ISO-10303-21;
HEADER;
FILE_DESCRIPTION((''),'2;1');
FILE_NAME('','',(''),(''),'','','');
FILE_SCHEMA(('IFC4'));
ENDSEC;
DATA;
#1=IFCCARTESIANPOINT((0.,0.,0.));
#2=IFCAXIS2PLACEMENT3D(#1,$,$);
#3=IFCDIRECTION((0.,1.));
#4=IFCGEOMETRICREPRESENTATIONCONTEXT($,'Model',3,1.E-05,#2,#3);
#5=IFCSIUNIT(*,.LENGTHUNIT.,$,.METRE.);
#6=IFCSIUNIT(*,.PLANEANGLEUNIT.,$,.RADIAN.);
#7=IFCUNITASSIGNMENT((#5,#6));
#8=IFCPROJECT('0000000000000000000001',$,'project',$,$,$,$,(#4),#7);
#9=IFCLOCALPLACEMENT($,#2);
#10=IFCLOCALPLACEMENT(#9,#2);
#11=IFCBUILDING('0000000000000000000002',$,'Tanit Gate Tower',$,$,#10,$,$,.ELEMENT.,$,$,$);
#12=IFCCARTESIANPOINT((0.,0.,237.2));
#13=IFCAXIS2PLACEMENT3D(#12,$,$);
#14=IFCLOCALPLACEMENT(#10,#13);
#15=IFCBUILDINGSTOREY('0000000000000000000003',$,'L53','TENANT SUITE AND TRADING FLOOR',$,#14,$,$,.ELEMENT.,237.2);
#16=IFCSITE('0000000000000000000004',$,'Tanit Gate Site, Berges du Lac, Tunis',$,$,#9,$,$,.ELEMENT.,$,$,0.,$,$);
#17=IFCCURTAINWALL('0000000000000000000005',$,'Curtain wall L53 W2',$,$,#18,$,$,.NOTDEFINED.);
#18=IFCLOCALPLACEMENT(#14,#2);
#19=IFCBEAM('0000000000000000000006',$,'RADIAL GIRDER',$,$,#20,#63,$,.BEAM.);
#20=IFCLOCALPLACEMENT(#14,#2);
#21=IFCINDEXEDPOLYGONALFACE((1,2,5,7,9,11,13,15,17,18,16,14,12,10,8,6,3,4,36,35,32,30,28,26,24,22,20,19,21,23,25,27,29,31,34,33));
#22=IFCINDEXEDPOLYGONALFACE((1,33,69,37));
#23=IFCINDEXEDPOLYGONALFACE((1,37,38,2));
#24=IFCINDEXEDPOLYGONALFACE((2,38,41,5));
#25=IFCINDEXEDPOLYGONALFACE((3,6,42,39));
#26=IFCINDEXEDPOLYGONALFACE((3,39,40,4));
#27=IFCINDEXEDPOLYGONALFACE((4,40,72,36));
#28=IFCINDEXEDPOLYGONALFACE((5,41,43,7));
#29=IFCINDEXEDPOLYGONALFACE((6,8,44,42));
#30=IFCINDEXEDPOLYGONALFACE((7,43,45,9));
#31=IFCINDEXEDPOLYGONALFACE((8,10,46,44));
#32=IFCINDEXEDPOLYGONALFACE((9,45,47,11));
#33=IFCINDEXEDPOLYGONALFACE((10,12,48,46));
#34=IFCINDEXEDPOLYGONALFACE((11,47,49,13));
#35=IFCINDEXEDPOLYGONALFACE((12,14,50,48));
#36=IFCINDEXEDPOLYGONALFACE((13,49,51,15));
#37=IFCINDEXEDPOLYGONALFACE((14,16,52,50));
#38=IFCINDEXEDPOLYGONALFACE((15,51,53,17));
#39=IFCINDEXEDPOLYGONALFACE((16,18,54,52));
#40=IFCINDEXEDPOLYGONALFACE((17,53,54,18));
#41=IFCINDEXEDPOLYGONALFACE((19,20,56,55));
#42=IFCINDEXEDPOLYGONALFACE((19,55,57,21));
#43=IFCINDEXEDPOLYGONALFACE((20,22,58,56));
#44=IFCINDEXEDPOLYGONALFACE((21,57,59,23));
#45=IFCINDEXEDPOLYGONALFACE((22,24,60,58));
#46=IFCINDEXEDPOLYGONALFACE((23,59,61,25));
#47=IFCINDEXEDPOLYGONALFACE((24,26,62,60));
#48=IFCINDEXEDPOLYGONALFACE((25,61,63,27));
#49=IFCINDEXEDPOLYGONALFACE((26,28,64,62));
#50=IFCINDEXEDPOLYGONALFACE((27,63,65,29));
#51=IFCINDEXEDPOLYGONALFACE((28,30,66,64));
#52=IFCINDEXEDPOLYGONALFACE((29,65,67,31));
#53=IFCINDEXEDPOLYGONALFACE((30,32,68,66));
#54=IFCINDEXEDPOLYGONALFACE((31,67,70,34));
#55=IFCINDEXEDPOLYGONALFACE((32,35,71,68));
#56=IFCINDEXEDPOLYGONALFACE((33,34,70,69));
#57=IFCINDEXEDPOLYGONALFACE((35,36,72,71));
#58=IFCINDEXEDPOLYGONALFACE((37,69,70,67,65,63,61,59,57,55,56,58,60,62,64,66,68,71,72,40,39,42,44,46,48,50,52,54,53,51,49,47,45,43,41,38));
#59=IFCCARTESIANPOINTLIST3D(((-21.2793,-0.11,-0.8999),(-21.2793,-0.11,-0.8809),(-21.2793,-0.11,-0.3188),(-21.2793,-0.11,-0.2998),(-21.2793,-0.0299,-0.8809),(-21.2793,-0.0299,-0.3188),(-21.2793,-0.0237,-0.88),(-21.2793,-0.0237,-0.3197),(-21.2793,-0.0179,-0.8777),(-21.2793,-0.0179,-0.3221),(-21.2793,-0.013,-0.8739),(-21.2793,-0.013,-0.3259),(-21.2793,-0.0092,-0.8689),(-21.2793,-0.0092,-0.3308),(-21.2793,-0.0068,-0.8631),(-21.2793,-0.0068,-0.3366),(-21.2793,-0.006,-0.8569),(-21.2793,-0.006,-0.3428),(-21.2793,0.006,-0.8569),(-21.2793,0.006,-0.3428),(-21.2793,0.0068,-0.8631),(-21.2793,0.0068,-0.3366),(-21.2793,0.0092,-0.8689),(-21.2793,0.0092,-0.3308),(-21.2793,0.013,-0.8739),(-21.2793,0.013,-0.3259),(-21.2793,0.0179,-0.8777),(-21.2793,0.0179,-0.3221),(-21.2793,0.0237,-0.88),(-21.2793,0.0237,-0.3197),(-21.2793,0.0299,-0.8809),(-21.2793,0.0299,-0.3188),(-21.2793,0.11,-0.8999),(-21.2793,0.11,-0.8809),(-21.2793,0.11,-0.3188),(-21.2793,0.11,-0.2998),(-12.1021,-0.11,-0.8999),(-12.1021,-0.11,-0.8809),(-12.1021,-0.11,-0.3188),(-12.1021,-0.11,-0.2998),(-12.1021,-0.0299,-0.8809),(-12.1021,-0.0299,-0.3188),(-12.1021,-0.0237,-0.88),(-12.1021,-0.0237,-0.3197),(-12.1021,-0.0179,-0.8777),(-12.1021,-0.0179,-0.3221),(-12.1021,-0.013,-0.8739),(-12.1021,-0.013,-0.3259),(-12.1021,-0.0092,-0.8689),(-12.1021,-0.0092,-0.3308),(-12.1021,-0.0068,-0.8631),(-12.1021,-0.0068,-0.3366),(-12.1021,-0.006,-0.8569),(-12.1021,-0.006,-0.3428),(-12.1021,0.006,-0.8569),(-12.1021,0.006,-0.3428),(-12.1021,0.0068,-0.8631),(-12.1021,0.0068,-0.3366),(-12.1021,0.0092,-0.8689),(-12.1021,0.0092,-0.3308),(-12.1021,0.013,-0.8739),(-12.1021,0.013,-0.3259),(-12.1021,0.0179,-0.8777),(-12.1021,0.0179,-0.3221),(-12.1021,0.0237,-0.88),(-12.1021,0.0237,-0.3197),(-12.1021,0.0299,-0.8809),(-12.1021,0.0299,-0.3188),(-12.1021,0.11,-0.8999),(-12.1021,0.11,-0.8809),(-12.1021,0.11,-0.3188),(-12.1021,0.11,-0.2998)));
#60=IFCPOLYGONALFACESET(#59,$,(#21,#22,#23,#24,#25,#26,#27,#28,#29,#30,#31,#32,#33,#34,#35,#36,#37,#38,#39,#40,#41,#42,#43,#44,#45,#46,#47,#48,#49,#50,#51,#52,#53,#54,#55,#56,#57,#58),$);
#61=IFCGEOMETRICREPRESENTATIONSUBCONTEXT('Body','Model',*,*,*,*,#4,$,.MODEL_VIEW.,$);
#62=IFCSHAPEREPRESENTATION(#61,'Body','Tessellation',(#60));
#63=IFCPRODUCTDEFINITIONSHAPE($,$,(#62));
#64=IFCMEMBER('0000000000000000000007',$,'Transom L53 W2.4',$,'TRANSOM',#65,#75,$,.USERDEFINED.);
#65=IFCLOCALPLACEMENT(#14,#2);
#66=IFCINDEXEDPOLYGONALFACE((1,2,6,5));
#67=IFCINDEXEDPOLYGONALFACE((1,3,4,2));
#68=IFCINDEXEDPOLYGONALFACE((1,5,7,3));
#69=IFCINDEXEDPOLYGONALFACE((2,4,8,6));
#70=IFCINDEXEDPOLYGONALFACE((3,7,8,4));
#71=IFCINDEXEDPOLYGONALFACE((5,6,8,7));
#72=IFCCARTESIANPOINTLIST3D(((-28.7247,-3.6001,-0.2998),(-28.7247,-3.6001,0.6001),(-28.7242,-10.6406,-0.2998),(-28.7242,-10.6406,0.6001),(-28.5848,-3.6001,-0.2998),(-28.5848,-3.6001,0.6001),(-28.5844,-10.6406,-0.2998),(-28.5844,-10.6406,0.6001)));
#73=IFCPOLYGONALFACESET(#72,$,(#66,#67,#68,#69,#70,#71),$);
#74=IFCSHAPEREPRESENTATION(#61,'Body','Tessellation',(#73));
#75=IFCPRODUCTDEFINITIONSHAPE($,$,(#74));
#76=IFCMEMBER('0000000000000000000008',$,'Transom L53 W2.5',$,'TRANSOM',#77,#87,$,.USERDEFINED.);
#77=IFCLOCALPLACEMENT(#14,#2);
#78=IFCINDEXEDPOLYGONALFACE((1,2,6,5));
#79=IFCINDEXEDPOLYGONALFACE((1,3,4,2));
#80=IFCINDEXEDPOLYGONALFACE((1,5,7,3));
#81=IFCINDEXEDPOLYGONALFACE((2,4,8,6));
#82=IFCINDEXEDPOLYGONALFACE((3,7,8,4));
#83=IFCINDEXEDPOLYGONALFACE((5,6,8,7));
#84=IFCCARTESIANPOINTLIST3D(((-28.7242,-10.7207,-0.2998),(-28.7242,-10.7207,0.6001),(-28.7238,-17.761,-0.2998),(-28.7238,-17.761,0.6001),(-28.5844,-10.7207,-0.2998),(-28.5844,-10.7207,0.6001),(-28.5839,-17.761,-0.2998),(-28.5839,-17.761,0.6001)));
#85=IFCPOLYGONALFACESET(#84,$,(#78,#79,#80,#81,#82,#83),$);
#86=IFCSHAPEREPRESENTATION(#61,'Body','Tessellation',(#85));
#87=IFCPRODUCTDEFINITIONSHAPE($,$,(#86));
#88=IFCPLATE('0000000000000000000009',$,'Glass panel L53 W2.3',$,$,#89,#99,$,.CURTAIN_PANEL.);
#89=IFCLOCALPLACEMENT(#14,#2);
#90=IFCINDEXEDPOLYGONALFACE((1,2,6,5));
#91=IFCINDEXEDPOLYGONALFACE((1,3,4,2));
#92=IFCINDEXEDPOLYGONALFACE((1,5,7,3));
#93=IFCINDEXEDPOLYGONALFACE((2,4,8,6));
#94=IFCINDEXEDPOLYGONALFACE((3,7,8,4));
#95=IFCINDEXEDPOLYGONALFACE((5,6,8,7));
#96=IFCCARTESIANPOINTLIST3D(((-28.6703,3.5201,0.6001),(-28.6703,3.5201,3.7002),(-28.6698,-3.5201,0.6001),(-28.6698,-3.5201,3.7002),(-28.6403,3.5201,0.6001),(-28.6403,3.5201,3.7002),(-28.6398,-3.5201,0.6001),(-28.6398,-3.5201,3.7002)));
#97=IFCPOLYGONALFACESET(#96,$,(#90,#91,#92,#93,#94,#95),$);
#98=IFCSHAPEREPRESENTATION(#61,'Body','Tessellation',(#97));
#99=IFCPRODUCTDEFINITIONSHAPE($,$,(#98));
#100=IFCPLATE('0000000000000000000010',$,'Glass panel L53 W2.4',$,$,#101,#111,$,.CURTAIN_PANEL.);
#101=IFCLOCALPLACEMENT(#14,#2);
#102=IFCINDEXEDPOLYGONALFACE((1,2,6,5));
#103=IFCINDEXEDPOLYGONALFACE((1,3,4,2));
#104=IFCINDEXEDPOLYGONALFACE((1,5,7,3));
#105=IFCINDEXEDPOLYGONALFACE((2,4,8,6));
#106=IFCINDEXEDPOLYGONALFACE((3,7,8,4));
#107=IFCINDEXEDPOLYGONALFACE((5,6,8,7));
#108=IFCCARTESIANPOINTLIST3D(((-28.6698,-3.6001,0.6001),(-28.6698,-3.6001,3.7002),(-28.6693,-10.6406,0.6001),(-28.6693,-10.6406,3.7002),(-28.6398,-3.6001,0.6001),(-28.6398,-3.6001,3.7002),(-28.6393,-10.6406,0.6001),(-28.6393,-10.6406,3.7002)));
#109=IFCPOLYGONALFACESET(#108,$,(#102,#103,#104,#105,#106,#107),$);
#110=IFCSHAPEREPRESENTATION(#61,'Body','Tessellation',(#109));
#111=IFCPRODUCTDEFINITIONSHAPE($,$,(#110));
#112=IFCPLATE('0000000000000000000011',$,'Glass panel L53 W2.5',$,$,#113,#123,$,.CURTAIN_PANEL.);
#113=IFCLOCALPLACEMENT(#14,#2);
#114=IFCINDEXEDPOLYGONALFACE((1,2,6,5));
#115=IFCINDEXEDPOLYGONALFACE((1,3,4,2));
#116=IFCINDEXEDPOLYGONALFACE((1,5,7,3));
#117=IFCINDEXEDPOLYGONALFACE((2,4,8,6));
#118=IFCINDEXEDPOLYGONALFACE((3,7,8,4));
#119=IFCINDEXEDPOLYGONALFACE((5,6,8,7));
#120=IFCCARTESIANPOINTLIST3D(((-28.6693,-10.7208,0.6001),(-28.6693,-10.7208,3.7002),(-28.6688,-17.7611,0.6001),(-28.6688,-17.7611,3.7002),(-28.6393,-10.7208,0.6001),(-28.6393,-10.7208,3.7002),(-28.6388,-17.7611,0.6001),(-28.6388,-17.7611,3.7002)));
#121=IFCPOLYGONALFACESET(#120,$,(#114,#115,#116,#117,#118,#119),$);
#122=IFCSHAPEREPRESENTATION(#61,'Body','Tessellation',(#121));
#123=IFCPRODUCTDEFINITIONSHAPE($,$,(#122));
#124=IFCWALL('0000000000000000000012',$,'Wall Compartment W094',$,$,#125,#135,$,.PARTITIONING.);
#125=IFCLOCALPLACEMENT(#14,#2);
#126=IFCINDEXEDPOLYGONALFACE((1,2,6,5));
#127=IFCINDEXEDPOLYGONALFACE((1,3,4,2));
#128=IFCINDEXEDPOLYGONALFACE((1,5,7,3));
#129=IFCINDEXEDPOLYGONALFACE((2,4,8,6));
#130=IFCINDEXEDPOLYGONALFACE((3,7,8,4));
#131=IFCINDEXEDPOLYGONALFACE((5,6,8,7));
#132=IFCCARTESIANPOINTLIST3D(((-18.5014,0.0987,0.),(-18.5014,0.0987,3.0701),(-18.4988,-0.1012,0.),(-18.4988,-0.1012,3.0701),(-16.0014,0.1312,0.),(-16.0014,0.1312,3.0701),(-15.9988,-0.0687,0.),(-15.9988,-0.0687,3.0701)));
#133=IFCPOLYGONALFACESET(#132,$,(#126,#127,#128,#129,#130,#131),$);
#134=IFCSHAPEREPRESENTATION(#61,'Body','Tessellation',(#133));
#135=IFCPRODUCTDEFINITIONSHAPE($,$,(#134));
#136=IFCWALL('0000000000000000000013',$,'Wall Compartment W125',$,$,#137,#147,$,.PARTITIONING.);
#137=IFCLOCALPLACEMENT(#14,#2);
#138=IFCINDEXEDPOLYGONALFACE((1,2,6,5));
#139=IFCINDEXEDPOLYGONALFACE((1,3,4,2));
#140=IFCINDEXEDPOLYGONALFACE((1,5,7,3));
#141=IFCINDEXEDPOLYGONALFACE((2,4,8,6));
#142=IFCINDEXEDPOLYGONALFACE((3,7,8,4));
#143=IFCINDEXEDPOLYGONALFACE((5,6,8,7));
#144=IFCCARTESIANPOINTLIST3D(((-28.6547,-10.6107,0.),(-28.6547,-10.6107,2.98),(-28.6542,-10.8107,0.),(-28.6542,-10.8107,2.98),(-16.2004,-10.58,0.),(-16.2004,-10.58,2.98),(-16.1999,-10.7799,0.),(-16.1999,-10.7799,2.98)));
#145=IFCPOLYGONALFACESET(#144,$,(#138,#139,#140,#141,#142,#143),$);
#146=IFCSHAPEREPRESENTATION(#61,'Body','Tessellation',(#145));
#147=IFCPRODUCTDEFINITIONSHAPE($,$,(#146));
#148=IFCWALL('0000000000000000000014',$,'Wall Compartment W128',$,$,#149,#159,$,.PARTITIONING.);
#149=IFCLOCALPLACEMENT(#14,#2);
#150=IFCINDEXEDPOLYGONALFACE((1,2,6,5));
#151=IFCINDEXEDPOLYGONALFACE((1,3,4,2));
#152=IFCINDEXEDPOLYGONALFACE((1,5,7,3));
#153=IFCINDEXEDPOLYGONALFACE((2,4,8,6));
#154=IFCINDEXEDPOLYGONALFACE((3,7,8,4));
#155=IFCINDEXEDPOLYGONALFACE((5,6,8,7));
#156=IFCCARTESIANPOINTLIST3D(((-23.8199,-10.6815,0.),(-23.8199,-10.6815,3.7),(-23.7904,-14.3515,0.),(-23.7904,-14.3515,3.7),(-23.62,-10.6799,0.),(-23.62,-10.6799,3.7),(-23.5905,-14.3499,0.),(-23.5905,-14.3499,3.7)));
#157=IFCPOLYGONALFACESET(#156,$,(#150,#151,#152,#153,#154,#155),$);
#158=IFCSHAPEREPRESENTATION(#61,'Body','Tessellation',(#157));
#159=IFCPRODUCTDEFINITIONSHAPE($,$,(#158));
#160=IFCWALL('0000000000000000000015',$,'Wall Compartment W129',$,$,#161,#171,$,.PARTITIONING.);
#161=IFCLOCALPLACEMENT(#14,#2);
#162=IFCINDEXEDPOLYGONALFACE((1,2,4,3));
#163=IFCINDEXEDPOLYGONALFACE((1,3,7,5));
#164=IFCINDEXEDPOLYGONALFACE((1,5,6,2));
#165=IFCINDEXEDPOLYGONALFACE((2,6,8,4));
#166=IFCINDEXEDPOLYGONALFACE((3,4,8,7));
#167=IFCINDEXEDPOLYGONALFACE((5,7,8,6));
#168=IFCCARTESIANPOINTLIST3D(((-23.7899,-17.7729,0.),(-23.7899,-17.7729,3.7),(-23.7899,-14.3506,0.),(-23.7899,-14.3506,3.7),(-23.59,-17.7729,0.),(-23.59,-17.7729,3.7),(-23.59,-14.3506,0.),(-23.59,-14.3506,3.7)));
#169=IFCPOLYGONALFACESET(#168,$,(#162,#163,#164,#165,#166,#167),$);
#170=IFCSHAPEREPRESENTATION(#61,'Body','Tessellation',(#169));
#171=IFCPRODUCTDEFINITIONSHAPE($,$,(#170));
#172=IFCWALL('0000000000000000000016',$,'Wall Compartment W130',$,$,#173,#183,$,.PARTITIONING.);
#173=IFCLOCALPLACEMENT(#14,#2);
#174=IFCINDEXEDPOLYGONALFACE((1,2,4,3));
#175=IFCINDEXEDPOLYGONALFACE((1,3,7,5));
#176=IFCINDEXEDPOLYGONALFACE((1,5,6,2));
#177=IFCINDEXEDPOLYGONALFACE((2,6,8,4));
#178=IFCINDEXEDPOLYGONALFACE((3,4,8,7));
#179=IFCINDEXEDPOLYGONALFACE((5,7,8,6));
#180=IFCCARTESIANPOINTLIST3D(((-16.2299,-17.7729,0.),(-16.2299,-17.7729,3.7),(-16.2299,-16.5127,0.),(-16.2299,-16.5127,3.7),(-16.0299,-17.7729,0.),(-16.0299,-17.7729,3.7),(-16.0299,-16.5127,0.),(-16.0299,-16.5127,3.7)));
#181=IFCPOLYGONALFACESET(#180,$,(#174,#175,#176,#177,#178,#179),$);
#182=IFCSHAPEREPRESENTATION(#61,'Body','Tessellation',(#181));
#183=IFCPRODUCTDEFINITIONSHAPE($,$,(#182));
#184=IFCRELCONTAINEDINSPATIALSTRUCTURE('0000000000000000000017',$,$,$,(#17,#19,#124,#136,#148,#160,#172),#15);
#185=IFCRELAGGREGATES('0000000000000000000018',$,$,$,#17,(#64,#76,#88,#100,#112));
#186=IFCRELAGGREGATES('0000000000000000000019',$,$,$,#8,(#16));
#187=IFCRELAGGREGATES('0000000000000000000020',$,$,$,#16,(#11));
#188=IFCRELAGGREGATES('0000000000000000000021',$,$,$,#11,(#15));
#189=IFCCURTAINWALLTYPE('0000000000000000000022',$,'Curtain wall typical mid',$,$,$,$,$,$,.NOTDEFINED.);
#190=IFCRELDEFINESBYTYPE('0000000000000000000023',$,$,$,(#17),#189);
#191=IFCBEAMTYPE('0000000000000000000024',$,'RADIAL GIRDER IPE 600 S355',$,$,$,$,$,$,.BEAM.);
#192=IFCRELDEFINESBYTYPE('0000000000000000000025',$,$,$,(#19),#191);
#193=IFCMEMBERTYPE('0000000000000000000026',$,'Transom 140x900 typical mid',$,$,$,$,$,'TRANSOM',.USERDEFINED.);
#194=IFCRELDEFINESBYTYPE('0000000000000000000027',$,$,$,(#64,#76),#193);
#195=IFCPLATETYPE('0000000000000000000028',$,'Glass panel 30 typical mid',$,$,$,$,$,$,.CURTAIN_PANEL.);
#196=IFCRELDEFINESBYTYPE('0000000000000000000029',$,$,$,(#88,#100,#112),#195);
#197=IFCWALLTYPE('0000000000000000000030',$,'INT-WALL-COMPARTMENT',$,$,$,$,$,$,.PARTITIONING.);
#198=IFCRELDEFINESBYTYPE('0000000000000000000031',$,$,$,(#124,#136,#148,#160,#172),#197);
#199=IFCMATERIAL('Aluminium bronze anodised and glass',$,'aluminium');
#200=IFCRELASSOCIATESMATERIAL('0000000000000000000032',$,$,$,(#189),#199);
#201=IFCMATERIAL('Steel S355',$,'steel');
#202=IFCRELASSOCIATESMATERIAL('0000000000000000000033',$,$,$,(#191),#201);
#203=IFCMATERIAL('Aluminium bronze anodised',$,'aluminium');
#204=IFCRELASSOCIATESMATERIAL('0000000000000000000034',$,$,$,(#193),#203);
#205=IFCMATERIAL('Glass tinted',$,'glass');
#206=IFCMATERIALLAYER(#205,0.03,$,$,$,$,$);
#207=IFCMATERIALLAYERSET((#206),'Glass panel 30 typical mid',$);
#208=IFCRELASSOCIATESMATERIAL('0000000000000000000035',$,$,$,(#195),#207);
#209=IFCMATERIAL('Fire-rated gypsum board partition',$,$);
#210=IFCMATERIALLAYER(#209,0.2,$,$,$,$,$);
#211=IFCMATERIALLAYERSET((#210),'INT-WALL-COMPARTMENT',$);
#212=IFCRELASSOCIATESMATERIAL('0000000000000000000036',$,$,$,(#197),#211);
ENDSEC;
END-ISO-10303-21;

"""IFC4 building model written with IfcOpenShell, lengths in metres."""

from ifc_helpers import new_model, si_unit, direction, frame, frame_2d, origin, origin_2d, place, context, subcontext, project, spatial, rectangle, i_section, extrude, material, layer, layer_set, material_profile, profile_set, type_object, element, aggregate, save


model = new_model("IFC4")

# Units and contexts
model_context = context("Model", 3, precision=1e-05, world=origin(), true_north=direction((0.0, 1.0)))
body_context = subcontext(model_context, "Body", "Model", "MODEL_VIEW")
ifc_project = project(units=[si_unit("LENGTHUNIT", "METRE"), si_unit("PLANEANGLEUNIT", "RADIAN")], contexts=[model_context])

# Site, building, storey
site_placement = place(None, origin())
site = spatial("IfcSite", under=ifc_project, at=site_placement, Name="Tanit Gate Site, Berges du Lac, Tunis", CompositionType="ELEMENT", RefElevation=0.0)
building_placement = place(site_placement, origin())
building = spatial("IfcBuilding", under=site, at=building_placement, Name="Tanit Gate Tower", CompositionType="ELEMENT")
storey_placement = place(building_placement, frame((0.0, 0.0, 237.2)))
storey = spatial("IfcBuildingStorey", under=building, at=storey_placement, Name="L53", Description="TENANT SUITE AND TRADING FLOOR", CompositionType="ELEMENT", Elevation=237.2)

# Curtain wall
ifc_material_1 = material(Name="Aluminium bronze anodised and glass", Category="aluminium")
curtain_wall_type = type_object("IfcCurtainWallType", Name="Curtain wall typical mid", PredefinedType="NOTDEFINED", material=ifc_material_1)
curtain_wall_placement = place(storey_placement, origin())
curtain_wall = element("IfcCurtainWall", 1, at=curtain_wall_placement, inside=storey, type_object=curtain_wall_type, Name="Curtain wall L53 W2", PredefinedType="NOTDEFINED")

# Beam
ifc_material_2 = material(Name="Steel S355", Category="steel")
ifc_material_profile_1 = material_profile(ifc_material_2, i_section(OverallWidth=0.22, OverallDepth=0.6001, WebThickness=0.012, FlangeThickness=0.019, FilletRadius=0.0239, at=origin_2d()), Name="IPE 600")
ifc_profile_set_1 = profile_set([ifc_material_profile_1], Name="Steel S355")
beam_type_1 = type_object("IfcBeamType", Name="RADIAL GIRDER IPE 600 S355", PredefinedType="BEAM", material=ifc_profile_set_1)
beam_1_placement = place(storey_placement, frame((-21.2793, 0.0, -0.5999), z_axis=(1.0, 0.0, 0.0), x_axis=(0.0, 1.0, 0.0)))
element("IfcBeam", 2, at=beam_1_placement, inside=storey, type_object=beam_type_1, Name="RADIAL GIRDER", PredefinedType="BEAM", context=body_context, shape_type="SweptSolid", body=[
    extrude(i_section(OverallWidth=0.22, OverallDepth=0.6001, WebThickness=0.012, FlangeThickness=0.019, FilletRadius=0.0239, at=origin_2d()), origin(), (0.0, 0.0, 1.0), 9.1772),
])

# Members
ifc_material_3 = material(Name="Aluminium bronze anodised", Category="aluminium")
ifc_material_profile_2 = material_profile(ifc_material_3, rectangle(XDim=0.1399, YDim=0.8999, at=origin_2d()), Name="140x900 bronze transom")
ifc_profile_set_2 = profile_set([ifc_material_profile_2], Name="Aluminium bronze anodised")
member_type_1 = type_object("IfcMemberType", Name="Transom 140x900 typical mid", ElementType="TRANSOM", PredefinedType="USERDEFINED", material=ifc_profile_set_2)
member_1_placement = place(storey_placement, frame((-28.6548, -3.6001, 0.1501), z_axis=(0.000069, -1.0, 0.0), x_axis=(1.0, 0.000069, 0.0)))
member_1 = element("IfcMember", 3, at=member_1_placement, type_object=member_type_1, Name="Transom L53 W2.4", ObjectType="TRANSOM", PredefinedType="USERDEFINED", context=body_context, shape_type="SweptSolid", body=[
    extrude(rectangle(XDim=0.1399, YDim=0.8999, at=origin_2d()), origin(), (0.0, 0.0, 1.0), 7.0405),
])
member_2_placement = place(storey_placement, frame((-28.6543, -10.7207, 0.1501), z_axis=(0.000069, -1.0, 0.0), x_axis=(1.0, 0.000069, 0.0)))
member_2 = element("IfcMember", 4, at=member_2_placement, type_object=member_type_1, Name="Transom L53 W2.5", ObjectType="TRANSOM", PredefinedType="USERDEFINED", context=body_context, shape_type="SweptSolid", body=[
    extrude(rectangle(XDim=0.1399, YDim=0.8999, at=origin_2d()), origin(), (0.0, 0.0, 1.0), 7.0403),
])

# Plates
ifc_material_4 = material(Name="Glass tinted", Category="glass")
ifc_layer_1 = layer(ifc_material_4, 0.03)
ifc_layer_set_1 = layer_set([ifc_layer_1], Name="Glass panel 30 typical mid")
plate_type = type_object("IfcPlateType", Name="Glass panel 30 typical mid", PredefinedType="CURTAIN_PANEL", material=ifc_layer_set_1)
plate_1_placement = place(storey_placement, frame((-28.655, 0.0, 0.6001), z_axis=(0.0, 0.0, 1.0), x_axis=(0.000069, -1.0, 0.0)))
plate_1 = element("IfcPlate", 5, at=plate_1_placement, type_object=plate_type, Name="Glass panel L53 W2.3", PredefinedType="CURTAIN_PANEL", context=body_context, shape_type="SweptSolid", body=[
    extrude(rectangle(XDim=7.0403, YDim=0.03, at=origin_2d()), origin(), (0.0, 0.0, 1.0), 3.1001),
])
plate_2_placement = place(storey_placement, frame((-28.6545, -7.1204, 0.6001), z_axis=(0.0, 0.0, 1.0), x_axis=(0.000069, -1.0, 0.0)))
plate_2 = element("IfcPlate", 6, at=plate_2_placement, type_object=plate_type, Name="Glass panel L53 W2.4", PredefinedType="CURTAIN_PANEL", context=body_context, shape_type="SweptSolid", body=[
    extrude(rectangle(XDim=7.0405, YDim=0.03, at=origin_2d()), origin(), (0.0, 0.0, 1.0), 3.1001),
])
plate_3_placement = place(storey_placement, frame((-28.6541, -14.241, 0.6001), z_axis=(0.0, 0.0, 1.0), x_axis=(0.000069, -1.0, 0.0)))
plate_3 = element("IfcPlate", 7, at=plate_3_placement, type_object=plate_type, Name="Glass panel L53 W2.5", PredefinedType="CURTAIN_PANEL", context=body_context, shape_type="SweptSolid", body=[
    extrude(rectangle(XDim=7.0403, YDim=0.03, at=origin_2d()), origin(), (0.0, 0.0, 1.0), 3.1001),
])
aggregate(curtain_wall, [member_1, member_2, plate_1, plate_2, plate_3])

# Walls
ifc_material_5 = material(Name="Fire-rated gypsum board partition")
ifc_layer_2 = layer(ifc_material_5, 0.2)
ifc_layer_set_2 = layer_set([ifc_layer_2], Name="INT-WALL-COMPARTMENT")
wall_type_1 = type_object("IfcWallType", Name="INT-WALL-COMPARTMENT", PredefinedType="PARTITIONING", material=ifc_layer_set_2)
wall_1_placement = place(storey_placement, frame((-18.5, -0.0012, 0.0), z_axis=(0.0, 0.0, 1.0), x_axis=(0.999916, 0.012987, 0.0)))
element("IfcWall", 8, at=wall_1_placement, inside=storey, type_object=wall_type_1, Name="Wall Compartment W094", PredefinedType="PARTITIONING", context=body_context, shape_type="SweptSolid", body=[
    extrude(rectangle(XDim=2.5002, YDim=0.2, at=frame_2d((1.25, 0.0))), origin(), (0.0, 0.0, 1.0), 3.0701),
])
wall_2_placement = place(storey_placement, frame((-28.6543, -10.7107, 0.0), z_axis=(0.0, 0.0, 1.0), x_axis=(0.999997, 0.00247, 0.0)))
element("IfcWall", 9, at=wall_2_placement, inside=storey, type_object=wall_type_1, Name="Wall Compartment W125", PredefinedType="PARTITIONING", context=body_context, shape_type="SweptSolid", body=[
    extrude(rectangle(XDim=12.4543, YDim=0.2, at=frame_2d((6.2271, 0.0))), origin(), (0.0, 0.0, 1.0), 2.98),
])
wall_3_placement = place(storey_placement, frame((-23.6904, -14.3506, 0.0), z_axis=(0.0, 0.0, 1.0), x_axis=(-0.008049, 0.999968, 0.0)))
element("IfcWall", 10, at=wall_3_placement, inside=storey, type_object=wall_type_1, Name="Wall Compartment W128", PredefinedType="PARTITIONING", context=body_context, shape_type="SweptSolid", body=[
    extrude(rectangle(XDim=3.6702, YDim=0.2, at=frame_2d((1.835, 0.0))), origin(), (0.0, 0.0, 1.0), 3.7),
])
wall_4_placement = place(storey_placement, frame((-23.6899, -17.7729, 0.0), z_axis=(0.0, 0.0, 1.0), x_axis=(0.0, 1.0, 0.0)))
element("IfcWall", 11, at=wall_4_placement, inside=storey, type_object=wall_type_1, Name="Wall Compartment W129", PredefinedType="PARTITIONING", context=body_context, shape_type="SweptSolid", body=[
    extrude(rectangle(XDim=3.4224, YDim=0.2, at=frame_2d((1.7112, 0.0))), origin(), (0.0, 0.0, 1.0), 3.7),
])
wall_5_placement = place(storey_placement, frame((-16.1299, -17.7729, 0.0), z_axis=(0.0, 0.0, 1.0), x_axis=(0.0, 1.0, 0.0)))
element("IfcWall", 12, at=wall_5_placement, inside=storey, type_object=wall_type_1, Name="Wall Compartment W130", PredefinedType="PARTITIONING", context=body_context, shape_type="SweptSolid", body=[
    extrude(rectangle(XDim=1.2603, YDim=0.2, at=frame_2d((0.6301, 0.0))), origin(), (0.0, 0.0, 1.0), 3.7),
])

save(model, "model.ifc")
